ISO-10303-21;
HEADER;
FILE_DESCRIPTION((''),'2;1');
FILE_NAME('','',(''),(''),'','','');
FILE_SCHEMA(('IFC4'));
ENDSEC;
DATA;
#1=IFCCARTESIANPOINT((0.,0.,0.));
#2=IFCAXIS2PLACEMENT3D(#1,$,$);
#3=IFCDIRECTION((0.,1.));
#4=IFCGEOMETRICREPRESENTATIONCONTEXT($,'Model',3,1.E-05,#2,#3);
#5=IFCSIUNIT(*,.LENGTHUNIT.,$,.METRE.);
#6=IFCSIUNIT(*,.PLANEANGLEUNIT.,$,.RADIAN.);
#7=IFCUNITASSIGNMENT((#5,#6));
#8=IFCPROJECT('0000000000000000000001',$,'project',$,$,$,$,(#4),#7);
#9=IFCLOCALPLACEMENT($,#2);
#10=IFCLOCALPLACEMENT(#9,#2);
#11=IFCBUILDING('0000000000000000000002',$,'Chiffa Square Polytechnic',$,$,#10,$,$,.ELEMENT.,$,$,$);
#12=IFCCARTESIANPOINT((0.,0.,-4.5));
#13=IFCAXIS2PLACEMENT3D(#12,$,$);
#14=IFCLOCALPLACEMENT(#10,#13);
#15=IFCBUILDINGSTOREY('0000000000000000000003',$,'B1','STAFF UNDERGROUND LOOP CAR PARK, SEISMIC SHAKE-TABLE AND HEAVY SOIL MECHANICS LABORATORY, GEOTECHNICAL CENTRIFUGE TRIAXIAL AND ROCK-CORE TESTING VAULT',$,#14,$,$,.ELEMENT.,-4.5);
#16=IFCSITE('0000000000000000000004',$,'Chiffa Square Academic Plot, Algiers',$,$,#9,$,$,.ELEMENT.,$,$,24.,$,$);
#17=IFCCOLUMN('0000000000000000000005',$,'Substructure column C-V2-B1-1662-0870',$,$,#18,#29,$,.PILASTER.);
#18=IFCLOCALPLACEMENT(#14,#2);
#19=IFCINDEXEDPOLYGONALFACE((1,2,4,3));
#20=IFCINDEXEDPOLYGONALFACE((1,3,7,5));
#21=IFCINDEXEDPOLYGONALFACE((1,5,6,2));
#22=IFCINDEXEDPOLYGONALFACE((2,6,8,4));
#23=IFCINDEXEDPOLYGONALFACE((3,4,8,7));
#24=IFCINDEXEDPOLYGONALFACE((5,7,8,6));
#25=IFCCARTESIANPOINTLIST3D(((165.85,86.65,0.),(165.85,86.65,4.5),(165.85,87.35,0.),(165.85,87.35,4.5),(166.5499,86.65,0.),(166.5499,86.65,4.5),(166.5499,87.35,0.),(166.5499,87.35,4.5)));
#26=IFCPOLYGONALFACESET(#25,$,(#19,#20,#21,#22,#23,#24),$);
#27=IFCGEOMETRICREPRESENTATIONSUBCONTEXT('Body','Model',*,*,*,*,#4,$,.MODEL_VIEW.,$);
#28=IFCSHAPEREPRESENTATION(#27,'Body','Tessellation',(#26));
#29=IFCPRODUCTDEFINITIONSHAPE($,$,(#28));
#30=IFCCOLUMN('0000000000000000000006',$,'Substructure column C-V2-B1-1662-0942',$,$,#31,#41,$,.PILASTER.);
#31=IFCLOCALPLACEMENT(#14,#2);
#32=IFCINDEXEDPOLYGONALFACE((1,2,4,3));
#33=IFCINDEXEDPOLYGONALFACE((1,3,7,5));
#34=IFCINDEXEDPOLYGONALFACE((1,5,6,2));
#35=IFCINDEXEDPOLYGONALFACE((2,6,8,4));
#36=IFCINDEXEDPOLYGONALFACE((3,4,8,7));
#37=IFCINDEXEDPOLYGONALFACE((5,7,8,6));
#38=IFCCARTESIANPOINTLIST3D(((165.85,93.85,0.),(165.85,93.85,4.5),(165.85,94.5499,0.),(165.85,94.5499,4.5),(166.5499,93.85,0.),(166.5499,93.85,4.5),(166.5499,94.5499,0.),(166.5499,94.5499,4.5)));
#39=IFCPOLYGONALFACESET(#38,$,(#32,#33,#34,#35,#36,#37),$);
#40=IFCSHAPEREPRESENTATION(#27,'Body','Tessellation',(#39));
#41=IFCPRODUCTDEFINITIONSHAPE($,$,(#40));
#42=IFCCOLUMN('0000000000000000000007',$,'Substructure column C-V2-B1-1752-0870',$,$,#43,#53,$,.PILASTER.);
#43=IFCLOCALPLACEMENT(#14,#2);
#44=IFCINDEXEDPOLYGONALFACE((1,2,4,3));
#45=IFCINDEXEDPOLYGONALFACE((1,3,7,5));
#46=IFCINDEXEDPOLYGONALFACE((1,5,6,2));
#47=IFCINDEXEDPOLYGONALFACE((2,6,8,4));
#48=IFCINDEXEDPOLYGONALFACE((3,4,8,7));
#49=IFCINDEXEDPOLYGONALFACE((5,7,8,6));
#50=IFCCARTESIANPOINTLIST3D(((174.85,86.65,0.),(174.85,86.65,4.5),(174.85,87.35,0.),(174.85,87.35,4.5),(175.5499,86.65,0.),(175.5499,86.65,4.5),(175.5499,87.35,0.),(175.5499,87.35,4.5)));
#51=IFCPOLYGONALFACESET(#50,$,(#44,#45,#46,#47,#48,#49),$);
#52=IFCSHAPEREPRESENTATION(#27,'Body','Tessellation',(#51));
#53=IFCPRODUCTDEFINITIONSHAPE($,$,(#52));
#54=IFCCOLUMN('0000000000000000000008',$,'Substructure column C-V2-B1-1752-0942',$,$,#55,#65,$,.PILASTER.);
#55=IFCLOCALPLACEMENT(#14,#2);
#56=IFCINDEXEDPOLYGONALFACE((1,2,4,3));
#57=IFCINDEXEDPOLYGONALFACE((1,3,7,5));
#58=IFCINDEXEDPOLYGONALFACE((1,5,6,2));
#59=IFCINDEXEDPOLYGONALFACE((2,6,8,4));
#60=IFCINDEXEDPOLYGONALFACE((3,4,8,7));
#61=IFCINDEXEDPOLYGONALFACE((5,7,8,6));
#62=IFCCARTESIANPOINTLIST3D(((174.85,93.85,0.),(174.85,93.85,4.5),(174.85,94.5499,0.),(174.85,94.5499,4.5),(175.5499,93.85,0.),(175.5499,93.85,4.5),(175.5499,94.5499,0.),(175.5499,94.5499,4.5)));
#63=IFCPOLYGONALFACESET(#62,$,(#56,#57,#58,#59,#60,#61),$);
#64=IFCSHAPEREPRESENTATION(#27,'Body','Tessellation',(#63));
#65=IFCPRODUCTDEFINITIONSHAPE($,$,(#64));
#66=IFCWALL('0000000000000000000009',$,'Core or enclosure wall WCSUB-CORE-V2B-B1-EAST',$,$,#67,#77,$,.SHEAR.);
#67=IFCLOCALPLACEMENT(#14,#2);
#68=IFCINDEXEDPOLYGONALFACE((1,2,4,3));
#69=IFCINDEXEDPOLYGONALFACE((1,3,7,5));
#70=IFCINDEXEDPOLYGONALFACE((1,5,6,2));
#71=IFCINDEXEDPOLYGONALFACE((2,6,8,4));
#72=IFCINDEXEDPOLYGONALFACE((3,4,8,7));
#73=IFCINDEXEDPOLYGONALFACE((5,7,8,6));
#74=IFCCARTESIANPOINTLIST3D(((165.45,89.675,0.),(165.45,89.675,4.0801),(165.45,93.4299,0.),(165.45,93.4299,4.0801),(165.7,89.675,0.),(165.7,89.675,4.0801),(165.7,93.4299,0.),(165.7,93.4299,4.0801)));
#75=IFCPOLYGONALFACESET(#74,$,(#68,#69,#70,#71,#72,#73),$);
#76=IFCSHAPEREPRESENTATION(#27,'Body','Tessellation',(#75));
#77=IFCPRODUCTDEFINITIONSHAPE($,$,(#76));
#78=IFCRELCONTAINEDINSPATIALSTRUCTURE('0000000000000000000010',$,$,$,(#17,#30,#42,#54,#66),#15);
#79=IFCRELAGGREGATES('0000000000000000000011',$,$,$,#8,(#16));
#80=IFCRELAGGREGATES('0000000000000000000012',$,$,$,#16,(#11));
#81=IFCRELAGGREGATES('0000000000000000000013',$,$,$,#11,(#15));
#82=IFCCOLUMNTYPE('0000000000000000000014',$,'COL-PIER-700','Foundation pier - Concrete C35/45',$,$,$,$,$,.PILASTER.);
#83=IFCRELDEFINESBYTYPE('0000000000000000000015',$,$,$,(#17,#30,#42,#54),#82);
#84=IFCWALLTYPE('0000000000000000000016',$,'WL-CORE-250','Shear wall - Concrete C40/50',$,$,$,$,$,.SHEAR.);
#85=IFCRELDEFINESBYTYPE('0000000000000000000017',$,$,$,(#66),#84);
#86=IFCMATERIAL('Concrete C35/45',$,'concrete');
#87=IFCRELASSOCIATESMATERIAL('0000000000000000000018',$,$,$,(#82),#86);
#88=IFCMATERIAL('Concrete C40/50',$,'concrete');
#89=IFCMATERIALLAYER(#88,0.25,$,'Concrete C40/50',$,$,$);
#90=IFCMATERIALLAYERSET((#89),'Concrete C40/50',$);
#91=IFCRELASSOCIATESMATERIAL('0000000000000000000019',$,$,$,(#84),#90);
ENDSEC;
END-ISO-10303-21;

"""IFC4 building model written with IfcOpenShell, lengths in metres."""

from ifc_helpers import new_model, si_unit, direction, frame, frame_2d, origin, origin_2d, place, context, subcontext, project, spatial, rectangle, extrude, material, layer, layer_set, material_profile, profile_set, type_object, element, save


model = new_model("IFC4")

# Units and contexts
model_context = context("Model", 3, precision=1e-05, world=origin(), true_north=direction((0.0, 1.0)))
body_context = subcontext(model_context, "Body", "Model", "MODEL_VIEW")
ifc_project = project(units=[si_unit("LENGTHUNIT", "METRE"), si_unit("PLANEANGLEUNIT", "RADIAN")], contexts=[model_context])

# Site, building, storey
site_placement = place(None, origin())
site = spatial("IfcSite", under=ifc_project, at=site_placement, Name="Chiffa Square Academic Plot, Algiers", CompositionType="ELEMENT", RefElevation=24.0)
building_placement = place(site_placement, origin())
building = spatial("IfcBuilding", under=site, at=building_placement, Name="Chiffa Square Polytechnic", CompositionType="ELEMENT")
storey_placement = place(building_placement, frame((0.0, 0.0, -4.5)))
storey = spatial("IfcBuildingStorey", under=building, at=storey_placement, Name="B1", Description="STAFF UNDERGROUND LOOP CAR PARK, SEISMIC SHAKE-TABLE AND HEAVY SOIL MECHANICS LABORATORY, GEOTECHNICAL CENTRIFUGE TRIAXIAL AND ROCK-CORE TESTING VAULT", CompositionType="ELEMENT", Elevation=-4.5)

# Shared definitions
ifc_material_1 = material(Name="Concrete C35/45", Category="concrete")

# Columns
ifc_material_profile_1 = material_profile(ifc_material_1, rectangle(XDim=0.7, YDim=0.7, at=origin_2d()), Name="RC 700x700")
ifc_profile_set_1 = profile_set([ifc_material_profile_1], Name="Concrete C35/45")
column_type_1 = type_object("IfcColumnType", Name="COL-PIER-700", Description="Foundation pier - Concrete C35/45", PredefinedType="PILASTER", material=ifc_profile_set_1)
for number, where, z_axis, x_axis, name in (
    (1, (166.2, 87.0, 0.0), (0.0, 0.0, 1.0), (1.0, 0.0, 0.0), "Substructure column C-V2-B1-1662-0870"),
    (2, (166.2, 94.2, 0.0), (0.0, 0.0, 1.0), (1.0, 0.0, 0.0), "Substructure column C-V2-B1-1662-0942"),
    (3, (175.2, 87.0, 0.0), (0.0, 0.0, 1.0), (1.0, 0.0, 0.0), "Substructure column C-V2-B1-1752-0870"),
    (4, (175.2, 94.2, 0.0), (0.0, 0.0, 1.0), (1.0, 0.0, 0.0), "Substructure column C-V2-B1-1752-0942"),
):
    element("IfcColumn", number, at=place(storey_placement, frame(where, z_axis=z_axis, x_axis=x_axis)), inside=storey, type_object=column_type_1, Name=name, PredefinedType="PILASTER", context=body_context, shape_type="SweptSolid", body=[
        extrude(rectangle(XDim=0.7, YDim=0.7, at=origin_2d()), origin(), (0.0, 0.0, 1.0), 4.5),
    ])

# Wall
ifc_material_2 = material(Name="Concrete C40/50", Category="concrete")
ifc_layer_1 = layer(ifc_material_2, 0.25, Name="Concrete C40/50")
ifc_layer_set_1 = layer_set([ifc_layer_1], Name="Concrete C40/50")
wall_type = type_object("IfcWallType", Name="WL-CORE-250", Description="Shear wall - Concrete C40/50", PredefinedType="SHEAR", material=ifc_layer_set_1)
wall_placement = place(storey_placement, frame((165.575, 89.675, 0.0), z_axis=(0.0, 0.0, 1.0), x_axis=(0.0, 1.0, 0.0)))
element("IfcWall", 5, at=wall_placement, inside=storey, type_object=wall_type, Name="Core or enclosure wall WCSUB-CORE-V2B-B1-EAST", PredefinedType="SHEAR", context=body_context, shape_type="SweptSolid", body=[
    extrude(rectangle(XDim=3.7549, YDim=0.25, at=frame_2d((1.8774, 0.0))), origin(), (0.0, 0.0, 1.0), 4.0801),
])

save(model, "model.ifc")
